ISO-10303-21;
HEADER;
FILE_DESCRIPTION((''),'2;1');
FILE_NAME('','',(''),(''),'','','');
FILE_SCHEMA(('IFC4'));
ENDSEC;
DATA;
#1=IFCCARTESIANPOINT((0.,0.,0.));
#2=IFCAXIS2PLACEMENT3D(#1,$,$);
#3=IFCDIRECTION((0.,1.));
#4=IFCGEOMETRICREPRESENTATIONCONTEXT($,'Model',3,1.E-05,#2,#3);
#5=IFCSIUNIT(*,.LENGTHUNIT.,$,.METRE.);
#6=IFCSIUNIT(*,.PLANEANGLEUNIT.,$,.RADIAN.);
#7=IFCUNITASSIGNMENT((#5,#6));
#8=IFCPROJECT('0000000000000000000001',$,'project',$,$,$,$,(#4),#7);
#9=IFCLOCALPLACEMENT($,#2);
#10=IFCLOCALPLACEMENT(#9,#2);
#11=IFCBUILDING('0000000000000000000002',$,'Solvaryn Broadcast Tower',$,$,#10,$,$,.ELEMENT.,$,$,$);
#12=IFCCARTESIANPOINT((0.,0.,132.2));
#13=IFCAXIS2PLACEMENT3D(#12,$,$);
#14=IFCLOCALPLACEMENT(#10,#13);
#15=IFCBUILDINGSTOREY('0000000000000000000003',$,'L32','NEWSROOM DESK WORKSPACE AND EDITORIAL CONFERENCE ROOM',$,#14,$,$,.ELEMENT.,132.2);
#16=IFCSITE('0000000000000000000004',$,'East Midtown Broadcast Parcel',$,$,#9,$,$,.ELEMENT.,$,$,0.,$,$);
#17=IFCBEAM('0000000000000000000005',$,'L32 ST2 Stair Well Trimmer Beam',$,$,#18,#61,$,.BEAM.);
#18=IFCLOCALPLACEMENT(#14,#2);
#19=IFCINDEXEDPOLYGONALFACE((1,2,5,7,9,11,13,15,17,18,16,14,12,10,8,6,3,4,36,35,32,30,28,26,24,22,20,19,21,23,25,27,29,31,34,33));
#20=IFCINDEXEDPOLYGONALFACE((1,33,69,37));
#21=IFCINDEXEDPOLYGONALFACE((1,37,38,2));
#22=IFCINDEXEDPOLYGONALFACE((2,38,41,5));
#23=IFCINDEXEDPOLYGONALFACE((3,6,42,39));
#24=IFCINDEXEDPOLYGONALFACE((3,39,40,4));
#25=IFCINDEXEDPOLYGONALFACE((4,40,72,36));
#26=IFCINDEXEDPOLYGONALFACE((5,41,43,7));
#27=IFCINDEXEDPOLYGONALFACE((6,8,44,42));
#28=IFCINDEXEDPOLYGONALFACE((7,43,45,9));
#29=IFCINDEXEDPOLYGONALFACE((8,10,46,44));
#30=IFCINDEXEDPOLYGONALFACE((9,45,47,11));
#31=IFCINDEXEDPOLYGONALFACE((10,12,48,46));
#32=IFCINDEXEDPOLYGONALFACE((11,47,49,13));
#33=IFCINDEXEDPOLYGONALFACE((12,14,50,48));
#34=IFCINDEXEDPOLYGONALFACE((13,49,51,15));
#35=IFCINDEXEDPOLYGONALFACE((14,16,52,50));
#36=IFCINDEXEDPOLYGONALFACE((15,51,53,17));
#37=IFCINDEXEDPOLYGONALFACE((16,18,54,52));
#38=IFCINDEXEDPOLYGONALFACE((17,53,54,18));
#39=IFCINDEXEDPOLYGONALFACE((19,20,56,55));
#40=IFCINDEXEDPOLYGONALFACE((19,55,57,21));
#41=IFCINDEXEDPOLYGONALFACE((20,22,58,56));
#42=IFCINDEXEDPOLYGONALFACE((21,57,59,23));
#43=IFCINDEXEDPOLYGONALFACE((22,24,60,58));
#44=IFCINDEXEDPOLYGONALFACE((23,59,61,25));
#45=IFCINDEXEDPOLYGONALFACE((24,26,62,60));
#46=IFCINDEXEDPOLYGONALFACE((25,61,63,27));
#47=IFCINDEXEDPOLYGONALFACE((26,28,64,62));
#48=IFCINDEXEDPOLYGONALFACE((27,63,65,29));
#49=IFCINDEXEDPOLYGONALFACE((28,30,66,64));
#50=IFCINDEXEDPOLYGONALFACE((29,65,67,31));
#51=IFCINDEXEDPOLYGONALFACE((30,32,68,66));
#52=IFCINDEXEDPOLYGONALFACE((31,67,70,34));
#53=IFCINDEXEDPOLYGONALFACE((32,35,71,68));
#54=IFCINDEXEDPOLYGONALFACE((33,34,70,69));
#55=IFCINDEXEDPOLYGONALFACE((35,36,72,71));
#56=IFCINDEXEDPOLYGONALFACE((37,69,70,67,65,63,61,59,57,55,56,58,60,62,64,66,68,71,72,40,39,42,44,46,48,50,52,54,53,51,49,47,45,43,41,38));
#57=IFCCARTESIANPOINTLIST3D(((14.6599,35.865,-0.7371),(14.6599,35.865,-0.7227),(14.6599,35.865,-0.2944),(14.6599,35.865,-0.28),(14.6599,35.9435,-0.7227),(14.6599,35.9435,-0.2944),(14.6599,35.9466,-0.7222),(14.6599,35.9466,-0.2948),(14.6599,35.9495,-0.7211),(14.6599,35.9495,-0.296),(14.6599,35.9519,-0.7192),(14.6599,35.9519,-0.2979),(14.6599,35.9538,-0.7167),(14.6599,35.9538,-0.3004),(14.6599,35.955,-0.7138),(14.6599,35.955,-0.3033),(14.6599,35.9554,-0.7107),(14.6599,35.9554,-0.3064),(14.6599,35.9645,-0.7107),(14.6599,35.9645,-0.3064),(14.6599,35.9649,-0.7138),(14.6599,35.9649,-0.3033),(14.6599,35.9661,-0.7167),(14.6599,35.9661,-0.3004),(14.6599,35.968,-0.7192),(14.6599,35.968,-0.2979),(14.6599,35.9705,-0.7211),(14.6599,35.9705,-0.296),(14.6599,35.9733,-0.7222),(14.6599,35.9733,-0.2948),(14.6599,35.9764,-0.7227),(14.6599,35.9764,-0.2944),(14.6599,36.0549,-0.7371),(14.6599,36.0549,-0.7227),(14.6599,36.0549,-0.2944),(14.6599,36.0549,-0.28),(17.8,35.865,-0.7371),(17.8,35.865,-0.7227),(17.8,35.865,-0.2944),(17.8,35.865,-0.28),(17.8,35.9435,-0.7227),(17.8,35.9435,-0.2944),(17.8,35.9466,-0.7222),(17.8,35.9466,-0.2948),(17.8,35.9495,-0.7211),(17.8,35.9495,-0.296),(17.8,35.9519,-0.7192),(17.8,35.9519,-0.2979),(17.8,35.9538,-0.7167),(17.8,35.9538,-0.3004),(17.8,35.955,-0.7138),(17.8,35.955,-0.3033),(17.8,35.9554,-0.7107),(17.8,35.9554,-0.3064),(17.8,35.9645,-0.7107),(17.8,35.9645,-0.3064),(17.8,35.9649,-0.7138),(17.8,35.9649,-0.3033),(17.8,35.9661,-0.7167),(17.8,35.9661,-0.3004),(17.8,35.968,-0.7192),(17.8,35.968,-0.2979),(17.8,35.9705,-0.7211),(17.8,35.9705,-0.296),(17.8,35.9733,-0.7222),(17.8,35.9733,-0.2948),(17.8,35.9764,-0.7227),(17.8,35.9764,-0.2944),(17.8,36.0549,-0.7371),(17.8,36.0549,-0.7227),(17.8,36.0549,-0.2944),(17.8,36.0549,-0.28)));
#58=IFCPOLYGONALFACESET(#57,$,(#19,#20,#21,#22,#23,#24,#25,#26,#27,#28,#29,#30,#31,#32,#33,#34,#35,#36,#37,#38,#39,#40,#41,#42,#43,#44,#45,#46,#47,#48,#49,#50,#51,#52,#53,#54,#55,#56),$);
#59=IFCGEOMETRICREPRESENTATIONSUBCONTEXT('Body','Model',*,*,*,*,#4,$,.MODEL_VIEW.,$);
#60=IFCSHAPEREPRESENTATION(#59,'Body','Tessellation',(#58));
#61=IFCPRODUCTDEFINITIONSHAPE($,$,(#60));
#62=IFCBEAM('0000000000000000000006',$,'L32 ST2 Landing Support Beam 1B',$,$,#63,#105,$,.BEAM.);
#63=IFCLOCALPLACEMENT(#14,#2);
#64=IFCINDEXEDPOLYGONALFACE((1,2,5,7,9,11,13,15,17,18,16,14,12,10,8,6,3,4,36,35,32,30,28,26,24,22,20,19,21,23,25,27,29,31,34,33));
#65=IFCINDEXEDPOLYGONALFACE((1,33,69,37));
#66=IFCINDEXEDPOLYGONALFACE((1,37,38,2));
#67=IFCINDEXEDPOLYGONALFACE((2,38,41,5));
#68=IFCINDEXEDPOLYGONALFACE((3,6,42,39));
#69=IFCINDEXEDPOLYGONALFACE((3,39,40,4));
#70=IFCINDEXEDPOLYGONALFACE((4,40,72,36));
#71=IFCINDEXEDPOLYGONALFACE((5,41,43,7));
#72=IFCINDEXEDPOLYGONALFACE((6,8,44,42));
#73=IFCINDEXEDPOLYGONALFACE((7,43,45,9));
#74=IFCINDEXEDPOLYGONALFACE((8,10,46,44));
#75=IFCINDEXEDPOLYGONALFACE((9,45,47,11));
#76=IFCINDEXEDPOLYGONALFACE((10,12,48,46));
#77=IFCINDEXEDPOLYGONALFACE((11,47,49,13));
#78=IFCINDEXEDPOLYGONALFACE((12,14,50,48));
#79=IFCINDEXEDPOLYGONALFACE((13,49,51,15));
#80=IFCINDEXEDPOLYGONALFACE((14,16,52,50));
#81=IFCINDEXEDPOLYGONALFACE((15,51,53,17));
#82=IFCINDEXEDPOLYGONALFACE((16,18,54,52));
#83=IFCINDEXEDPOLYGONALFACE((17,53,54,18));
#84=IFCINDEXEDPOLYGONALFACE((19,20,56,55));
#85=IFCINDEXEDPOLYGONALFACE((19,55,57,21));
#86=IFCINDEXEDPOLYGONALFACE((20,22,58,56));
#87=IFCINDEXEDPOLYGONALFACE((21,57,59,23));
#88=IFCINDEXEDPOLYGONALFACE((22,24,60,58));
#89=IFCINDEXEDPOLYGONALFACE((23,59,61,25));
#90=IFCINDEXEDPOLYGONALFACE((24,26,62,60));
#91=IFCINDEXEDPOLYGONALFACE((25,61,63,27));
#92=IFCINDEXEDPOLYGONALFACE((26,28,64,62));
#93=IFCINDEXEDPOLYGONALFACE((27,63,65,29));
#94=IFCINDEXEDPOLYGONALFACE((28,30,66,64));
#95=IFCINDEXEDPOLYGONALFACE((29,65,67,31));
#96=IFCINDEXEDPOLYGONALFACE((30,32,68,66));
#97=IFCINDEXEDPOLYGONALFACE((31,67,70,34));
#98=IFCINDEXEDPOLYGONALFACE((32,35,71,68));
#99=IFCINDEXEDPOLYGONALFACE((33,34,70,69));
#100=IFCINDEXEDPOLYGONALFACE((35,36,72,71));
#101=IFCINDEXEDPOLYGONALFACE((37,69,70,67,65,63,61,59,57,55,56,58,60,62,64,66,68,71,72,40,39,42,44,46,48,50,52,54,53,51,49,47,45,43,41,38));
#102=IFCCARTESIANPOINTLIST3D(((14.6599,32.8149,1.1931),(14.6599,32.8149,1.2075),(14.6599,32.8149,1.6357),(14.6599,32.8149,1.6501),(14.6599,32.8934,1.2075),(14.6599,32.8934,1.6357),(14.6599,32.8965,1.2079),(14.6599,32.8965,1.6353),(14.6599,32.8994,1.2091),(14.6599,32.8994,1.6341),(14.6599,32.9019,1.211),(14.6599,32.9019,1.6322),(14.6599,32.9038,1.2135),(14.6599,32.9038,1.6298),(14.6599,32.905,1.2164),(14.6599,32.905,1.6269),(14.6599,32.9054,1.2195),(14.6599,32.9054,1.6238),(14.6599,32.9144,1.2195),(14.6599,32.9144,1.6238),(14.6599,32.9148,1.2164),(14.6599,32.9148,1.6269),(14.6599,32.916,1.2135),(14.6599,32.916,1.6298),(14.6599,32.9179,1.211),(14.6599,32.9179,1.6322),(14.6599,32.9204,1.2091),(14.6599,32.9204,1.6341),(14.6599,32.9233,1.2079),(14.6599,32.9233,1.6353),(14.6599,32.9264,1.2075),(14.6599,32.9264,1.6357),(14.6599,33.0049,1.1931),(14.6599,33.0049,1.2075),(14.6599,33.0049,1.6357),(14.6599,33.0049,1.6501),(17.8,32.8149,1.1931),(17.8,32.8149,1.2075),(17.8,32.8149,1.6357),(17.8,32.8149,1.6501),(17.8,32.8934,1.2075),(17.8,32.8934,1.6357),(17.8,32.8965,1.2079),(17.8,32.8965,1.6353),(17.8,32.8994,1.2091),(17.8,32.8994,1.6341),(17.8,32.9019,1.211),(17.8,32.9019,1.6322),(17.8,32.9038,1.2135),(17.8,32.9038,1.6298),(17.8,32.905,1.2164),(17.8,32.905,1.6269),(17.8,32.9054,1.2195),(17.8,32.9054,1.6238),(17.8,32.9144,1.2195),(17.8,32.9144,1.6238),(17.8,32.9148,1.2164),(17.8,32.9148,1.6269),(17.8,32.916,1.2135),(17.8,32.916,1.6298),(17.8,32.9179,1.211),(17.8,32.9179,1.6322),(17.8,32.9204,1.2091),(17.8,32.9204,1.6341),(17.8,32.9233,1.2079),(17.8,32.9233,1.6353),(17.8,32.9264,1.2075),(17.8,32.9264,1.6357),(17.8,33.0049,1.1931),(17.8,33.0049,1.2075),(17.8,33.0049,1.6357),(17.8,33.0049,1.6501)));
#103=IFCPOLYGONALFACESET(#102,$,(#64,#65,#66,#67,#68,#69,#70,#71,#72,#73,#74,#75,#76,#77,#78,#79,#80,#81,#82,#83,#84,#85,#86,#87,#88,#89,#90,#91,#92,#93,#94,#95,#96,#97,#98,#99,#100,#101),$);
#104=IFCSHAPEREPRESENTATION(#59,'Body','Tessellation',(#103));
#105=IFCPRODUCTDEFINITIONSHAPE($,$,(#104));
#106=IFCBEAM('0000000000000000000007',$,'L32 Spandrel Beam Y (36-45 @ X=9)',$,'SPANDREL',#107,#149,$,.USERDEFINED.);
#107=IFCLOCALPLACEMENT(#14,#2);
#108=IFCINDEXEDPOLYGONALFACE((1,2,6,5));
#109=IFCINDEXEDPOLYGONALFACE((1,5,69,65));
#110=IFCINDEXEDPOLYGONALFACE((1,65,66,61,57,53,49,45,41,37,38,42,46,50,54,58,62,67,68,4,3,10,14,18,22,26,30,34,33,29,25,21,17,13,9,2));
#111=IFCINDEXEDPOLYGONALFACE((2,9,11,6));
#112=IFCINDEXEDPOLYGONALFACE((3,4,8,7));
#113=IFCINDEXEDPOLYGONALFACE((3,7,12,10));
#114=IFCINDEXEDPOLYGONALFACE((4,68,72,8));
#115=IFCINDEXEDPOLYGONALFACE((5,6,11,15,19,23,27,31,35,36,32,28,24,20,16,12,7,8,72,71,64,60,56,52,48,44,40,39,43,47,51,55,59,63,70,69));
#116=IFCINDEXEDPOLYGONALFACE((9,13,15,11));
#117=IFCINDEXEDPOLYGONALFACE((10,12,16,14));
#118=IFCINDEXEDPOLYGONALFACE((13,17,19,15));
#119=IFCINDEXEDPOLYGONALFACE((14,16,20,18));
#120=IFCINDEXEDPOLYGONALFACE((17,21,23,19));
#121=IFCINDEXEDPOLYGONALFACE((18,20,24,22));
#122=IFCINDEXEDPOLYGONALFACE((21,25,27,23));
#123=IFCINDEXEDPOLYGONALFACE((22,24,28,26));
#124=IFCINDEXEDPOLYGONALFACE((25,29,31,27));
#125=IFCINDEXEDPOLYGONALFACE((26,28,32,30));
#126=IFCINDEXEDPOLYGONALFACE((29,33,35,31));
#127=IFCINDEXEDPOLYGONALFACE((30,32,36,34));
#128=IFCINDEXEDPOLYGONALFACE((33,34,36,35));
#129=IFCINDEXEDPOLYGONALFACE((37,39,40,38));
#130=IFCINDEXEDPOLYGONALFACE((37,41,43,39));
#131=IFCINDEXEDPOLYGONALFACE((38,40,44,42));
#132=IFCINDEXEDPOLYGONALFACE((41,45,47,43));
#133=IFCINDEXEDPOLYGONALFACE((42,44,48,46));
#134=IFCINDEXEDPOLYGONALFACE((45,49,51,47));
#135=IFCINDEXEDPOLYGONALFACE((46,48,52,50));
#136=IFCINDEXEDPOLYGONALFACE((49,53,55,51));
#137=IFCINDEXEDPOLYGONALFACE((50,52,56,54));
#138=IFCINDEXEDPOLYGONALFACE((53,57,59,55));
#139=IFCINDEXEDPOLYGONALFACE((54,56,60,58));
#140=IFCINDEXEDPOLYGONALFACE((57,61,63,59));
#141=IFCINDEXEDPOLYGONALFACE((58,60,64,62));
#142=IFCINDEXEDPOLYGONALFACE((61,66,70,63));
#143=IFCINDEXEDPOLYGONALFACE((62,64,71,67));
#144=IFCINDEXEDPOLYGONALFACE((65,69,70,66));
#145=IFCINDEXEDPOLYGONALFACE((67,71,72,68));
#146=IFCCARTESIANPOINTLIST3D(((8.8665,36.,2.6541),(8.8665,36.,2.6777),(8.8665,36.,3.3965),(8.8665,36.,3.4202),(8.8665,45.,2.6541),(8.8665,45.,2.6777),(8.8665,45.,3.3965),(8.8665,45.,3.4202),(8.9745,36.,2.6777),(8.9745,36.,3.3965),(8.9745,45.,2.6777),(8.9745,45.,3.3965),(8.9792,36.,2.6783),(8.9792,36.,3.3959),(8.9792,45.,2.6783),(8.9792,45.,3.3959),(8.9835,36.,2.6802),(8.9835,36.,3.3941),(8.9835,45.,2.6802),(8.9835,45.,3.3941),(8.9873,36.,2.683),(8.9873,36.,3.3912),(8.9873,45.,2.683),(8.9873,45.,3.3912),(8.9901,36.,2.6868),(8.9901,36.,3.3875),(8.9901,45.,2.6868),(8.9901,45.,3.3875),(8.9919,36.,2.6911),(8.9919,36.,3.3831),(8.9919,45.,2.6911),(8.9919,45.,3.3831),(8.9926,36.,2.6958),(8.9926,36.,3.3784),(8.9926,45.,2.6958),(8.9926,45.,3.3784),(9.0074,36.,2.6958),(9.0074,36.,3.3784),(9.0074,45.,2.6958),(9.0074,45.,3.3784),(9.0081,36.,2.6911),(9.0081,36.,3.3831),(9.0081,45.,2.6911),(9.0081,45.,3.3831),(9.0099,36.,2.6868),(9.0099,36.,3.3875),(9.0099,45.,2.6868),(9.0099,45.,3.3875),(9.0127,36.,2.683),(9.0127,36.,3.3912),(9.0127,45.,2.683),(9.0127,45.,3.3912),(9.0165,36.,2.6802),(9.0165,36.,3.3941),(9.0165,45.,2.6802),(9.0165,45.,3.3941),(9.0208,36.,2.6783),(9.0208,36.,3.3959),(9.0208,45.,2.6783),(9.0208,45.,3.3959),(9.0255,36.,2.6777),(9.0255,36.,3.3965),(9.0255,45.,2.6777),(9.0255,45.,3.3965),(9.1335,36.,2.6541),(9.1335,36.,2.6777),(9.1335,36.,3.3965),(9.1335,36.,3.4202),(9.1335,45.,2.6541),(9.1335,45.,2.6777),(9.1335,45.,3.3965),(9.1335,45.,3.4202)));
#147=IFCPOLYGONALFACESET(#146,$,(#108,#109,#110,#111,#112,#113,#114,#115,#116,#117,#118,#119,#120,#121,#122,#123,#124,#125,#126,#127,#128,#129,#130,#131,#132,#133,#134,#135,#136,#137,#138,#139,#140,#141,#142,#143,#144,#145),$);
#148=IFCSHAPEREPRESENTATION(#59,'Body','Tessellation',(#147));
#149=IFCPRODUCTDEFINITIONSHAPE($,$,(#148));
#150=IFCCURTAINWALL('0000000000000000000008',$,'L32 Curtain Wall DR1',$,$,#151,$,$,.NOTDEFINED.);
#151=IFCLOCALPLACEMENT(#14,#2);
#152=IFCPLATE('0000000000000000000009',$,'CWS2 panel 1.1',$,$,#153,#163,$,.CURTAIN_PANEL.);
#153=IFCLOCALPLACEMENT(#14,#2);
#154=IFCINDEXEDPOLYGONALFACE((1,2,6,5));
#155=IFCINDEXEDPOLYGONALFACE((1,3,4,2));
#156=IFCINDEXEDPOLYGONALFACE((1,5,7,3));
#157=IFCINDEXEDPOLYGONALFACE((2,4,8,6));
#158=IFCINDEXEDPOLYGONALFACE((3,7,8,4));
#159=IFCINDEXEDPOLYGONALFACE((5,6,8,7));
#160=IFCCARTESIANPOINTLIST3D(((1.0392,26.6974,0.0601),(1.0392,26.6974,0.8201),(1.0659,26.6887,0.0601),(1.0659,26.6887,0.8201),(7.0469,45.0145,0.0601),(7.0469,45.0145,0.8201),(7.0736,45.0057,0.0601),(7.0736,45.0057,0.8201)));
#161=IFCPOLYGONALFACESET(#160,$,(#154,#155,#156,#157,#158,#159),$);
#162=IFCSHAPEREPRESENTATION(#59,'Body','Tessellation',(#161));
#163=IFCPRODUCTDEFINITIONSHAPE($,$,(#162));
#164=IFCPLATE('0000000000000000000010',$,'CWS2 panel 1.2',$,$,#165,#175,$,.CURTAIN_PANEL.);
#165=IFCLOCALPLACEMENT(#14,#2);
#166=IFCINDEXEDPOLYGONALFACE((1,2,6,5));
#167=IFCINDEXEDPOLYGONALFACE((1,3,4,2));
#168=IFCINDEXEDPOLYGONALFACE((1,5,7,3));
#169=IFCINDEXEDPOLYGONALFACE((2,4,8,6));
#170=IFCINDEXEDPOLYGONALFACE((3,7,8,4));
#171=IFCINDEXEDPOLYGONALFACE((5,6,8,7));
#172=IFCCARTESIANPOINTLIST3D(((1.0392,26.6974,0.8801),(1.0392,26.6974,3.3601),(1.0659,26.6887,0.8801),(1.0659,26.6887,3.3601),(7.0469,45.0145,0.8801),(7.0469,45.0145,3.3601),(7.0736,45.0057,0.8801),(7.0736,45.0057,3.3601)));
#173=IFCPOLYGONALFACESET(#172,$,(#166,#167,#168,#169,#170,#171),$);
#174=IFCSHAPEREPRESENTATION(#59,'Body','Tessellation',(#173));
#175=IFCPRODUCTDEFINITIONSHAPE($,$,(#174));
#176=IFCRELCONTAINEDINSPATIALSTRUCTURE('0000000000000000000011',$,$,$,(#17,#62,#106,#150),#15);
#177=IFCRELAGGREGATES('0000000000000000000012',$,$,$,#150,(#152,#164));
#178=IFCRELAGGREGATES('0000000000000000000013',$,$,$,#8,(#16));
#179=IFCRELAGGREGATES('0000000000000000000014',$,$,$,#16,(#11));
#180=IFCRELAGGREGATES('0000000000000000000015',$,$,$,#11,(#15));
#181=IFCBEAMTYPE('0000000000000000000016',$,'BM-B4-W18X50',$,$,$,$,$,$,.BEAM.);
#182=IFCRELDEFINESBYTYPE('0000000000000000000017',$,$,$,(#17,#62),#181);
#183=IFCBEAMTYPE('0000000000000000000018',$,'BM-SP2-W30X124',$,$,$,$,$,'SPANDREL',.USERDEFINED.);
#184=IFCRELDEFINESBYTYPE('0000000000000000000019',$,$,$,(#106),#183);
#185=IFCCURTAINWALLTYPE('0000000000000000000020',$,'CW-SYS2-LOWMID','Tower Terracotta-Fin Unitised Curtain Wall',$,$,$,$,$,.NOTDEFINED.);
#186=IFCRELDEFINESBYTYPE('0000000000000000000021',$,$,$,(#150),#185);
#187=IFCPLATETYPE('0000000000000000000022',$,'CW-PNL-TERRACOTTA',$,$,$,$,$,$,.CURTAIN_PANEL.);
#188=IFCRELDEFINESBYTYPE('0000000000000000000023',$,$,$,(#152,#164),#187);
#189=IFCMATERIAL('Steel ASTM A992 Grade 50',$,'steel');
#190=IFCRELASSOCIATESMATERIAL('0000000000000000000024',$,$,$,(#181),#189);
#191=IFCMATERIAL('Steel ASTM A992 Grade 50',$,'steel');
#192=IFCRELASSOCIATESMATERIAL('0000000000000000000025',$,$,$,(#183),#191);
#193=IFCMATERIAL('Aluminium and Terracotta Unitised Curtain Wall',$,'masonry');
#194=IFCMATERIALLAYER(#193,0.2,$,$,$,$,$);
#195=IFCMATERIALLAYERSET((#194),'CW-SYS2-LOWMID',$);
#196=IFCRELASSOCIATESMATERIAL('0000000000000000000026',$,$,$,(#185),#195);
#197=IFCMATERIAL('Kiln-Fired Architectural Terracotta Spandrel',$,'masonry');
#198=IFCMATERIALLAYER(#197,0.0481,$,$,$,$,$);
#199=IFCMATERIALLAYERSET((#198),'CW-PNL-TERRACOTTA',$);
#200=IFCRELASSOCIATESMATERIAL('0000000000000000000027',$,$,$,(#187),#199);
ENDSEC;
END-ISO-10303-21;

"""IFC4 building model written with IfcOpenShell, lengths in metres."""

from ifc_helpers import new_model, si_unit, direction, frame, origin, origin_2d, place, context, subcontext, project, spatial, rectangle, i_section, extrude, material, layer, layer_set, material_profile, profile_set, type_object, element, aggregate, save


model = new_model("IFC4")

# Units and contexts
model_context = context("Model", 3, precision=1e-05, world=origin(), true_north=direction((0.0, 1.0)))
body_context = subcontext(model_context, "Body", "Model", "MODEL_VIEW")
ifc_project = project(units=[si_unit("LENGTHUNIT", "METRE"), si_unit("PLANEANGLEUNIT", "RADIAN")], contexts=[model_context])

# Site, building, storey
site_placement = place(None, origin())
site = spatial("IfcSite", under=ifc_project, at=site_placement, Name="East Midtown Broadcast Parcel", CompositionType="ELEMENT", RefElevation=0.0)
building_placement = place(site_placement, origin())
building = spatial("IfcBuilding", under=site, at=building_placement, Name="Solvaryn Broadcast Tower", CompositionType="ELEMENT")
storey_placement = place(building_placement, frame((0.0, 0.0, 132.2)))
storey = spatial("IfcBuildingStorey", under=building, at=storey_placement, Name="L32", Description="NEWSROOM DESK WORKSPACE AND EDITORIAL CONFERENCE ROOM", CompositionType="ELEMENT", Elevation=132.2)

# Beams
ifc_material_1 = material(Name="Steel ASTM A992 Grade 50", Category="steel")
ifc_material_profile_1 = material_profile(ifc_material_1, i_section(OverallWidth=0.1899, OverallDepth=0.457, WebThickness=0.009, FlangeThickness=0.0144, FilletRadius=0.012, at=origin_2d()))
ifc_profile_set_1 = profile_set([ifc_material_profile_1], Name="Steel ASTM A992 Grade 50")
beam_type_1 = type_object("IfcBeamType", Name="BM-B4-W18X50", PredefinedType="BEAM", material=ifc_profile_set_1)
for number, where, z_axis, x_axis, name in (
    (1, (14.6599, 35.96, -0.5085), (1.0, 0.0, 0.0), (0.0, 1.0, 0.0), "L32 ST2 Stair Well Trimmer Beam"),
    (2, (14.6599, 32.9099, 1.4216), (1.0, 0.0, 0.0), (0.0, 1.0, 0.0), "L32 ST2 Landing Support Beam 1B"),
):
    element("IfcBeam", number, at=place(storey_placement, frame(where, z_axis=z_axis, x_axis=x_axis)), inside=storey, type_object=beam_type_1, Name=name, PredefinedType="BEAM", context=body_context, shape_type="SweptSolid", body=[
        extrude(i_section(OverallWidth=0.1899, OverallDepth=0.457, WebThickness=0.009, FlangeThickness=0.0144, FilletRadius=0.012, at=origin_2d()), origin(), (0.0, 0.0, 1.0), 3.1401),
    ])
ifc_material_2 = material(Name="Steel ASTM A992 Grade 50", Category="steel")
ifc_material_profile_2 = material_profile(ifc_material_2, i_section(OverallWidth=0.2671, OverallDepth=0.7661, WebThickness=0.0149, FlangeThickness=0.0237, FilletRadius=0.0181, at=origin_2d()))
ifc_profile_set_2 = profile_set([ifc_material_profile_2], Name="Steel ASTM A992 Grade 50")
beam_type_2 = type_object("IfcBeamType", Name="BM-SP2-W30X124", ElementType="SPANDREL", PredefinedType="USERDEFINED", material=ifc_profile_set_2)
beam_1_placement = place(storey_placement, frame((9.0, 36.0, 3.0371), z_axis=(0.0, 1.0, 0.0), x_axis=(-1.0, 0.0, 0.0)))
element("IfcBeam", 3, at=beam_1_placement, inside=storey, type_object=beam_type_2, Name="L32 Spandrel Beam Y (36-45 @ X=9)", ObjectType="SPANDREL", PredefinedType="USERDEFINED", context=body_context, shape_type="SweptSolid", body=[
    extrude(i_section(OverallWidth=0.2671, OverallDepth=0.7661, WebThickness=0.0149, FlangeThickness=0.0237, FilletRadius=0.0181, at=origin_2d()), origin(), (0.0, 0.0, 1.0), 9.0),
])

# Curtain wall, plates
ifc_material_3 = material(Name="Aluminium and Terracotta Unitised Curtain Wall", Category="masonry")
ifc_layer_1 = layer(ifc_material_3, 0.2)
ifc_layer_set_1 = layer_set([ifc_layer_1], Name="CW-SYS2-LOWMID")
curtain_wall_type = type_object("IfcCurtainWallType", Name="CW-SYS2-LOWMID", Description="Tower Terracotta-Fin Unitised Curtain Wall", PredefinedType="NOTDEFINED", material=ifc_layer_set_1)
curtain_wall_placement = place(storey_placement, origin())
curtain_wall = element("IfcCurtainWall", 4, at=curtain_wall_placement, inside=storey, type_object=curtain_wall_type, Name="L32 Curtain Wall DR1", PredefinedType="NOTDEFINED")
ifc_material_4 = material(Name="Kiln-Fired Architectural Terracotta Spandrel", Category="masonry")
ifc_layer_2 = layer(ifc_material_4, 0.0481)
ifc_layer_set_2 = layer_set([ifc_layer_2], Name="CW-PNL-TERRACOTTA")
plate_type = type_object("IfcPlateType", Name="CW-PNL-TERRACOTTA", PredefinedType="CURTAIN_PANEL", material=ifc_layer_set_2)
plate_1_placement = place(storey_placement, frame((4.0564, 35.8516, 0.0601), z_axis=(0.0, 0.0, 1.0), x_axis=(-0.311646, -0.950198, 0.0)))
plate_1 = element("IfcPlate", 5, at=plate_1_placement, type_object=plate_type, Name="CWS2 panel 1.1", PredefinedType="CURTAIN_PANEL", context=body_context, shape_type="SweptSolid", body=[
    extrude(rectangle(XDim=19.2771, YDim=0.0281, at=origin_2d()), origin(), (0.0, 0.0, 1.0), 0.76),
])
plate_2_placement = place(storey_placement, frame((4.0564, 35.8516, 0.8801), z_axis=(0.0, 0.0, 1.0), x_axis=(-0.311646, -0.950198, 0.0)))
plate_2 = element("IfcPlate", 6, at=plate_2_placement, type_object=plate_type, Name="CWS2 panel 1.2", PredefinedType="CURTAIN_PANEL", context=body_context, shape_type="SweptSolid", body=[
    extrude(rectangle(XDim=19.2771, YDim=0.0281, at=origin_2d()), origin(), (0.0, 0.0, 1.0), 2.48),
])
aggregate(curtain_wall, [plate_1, plate_2])

save(model, "model.ifc")
